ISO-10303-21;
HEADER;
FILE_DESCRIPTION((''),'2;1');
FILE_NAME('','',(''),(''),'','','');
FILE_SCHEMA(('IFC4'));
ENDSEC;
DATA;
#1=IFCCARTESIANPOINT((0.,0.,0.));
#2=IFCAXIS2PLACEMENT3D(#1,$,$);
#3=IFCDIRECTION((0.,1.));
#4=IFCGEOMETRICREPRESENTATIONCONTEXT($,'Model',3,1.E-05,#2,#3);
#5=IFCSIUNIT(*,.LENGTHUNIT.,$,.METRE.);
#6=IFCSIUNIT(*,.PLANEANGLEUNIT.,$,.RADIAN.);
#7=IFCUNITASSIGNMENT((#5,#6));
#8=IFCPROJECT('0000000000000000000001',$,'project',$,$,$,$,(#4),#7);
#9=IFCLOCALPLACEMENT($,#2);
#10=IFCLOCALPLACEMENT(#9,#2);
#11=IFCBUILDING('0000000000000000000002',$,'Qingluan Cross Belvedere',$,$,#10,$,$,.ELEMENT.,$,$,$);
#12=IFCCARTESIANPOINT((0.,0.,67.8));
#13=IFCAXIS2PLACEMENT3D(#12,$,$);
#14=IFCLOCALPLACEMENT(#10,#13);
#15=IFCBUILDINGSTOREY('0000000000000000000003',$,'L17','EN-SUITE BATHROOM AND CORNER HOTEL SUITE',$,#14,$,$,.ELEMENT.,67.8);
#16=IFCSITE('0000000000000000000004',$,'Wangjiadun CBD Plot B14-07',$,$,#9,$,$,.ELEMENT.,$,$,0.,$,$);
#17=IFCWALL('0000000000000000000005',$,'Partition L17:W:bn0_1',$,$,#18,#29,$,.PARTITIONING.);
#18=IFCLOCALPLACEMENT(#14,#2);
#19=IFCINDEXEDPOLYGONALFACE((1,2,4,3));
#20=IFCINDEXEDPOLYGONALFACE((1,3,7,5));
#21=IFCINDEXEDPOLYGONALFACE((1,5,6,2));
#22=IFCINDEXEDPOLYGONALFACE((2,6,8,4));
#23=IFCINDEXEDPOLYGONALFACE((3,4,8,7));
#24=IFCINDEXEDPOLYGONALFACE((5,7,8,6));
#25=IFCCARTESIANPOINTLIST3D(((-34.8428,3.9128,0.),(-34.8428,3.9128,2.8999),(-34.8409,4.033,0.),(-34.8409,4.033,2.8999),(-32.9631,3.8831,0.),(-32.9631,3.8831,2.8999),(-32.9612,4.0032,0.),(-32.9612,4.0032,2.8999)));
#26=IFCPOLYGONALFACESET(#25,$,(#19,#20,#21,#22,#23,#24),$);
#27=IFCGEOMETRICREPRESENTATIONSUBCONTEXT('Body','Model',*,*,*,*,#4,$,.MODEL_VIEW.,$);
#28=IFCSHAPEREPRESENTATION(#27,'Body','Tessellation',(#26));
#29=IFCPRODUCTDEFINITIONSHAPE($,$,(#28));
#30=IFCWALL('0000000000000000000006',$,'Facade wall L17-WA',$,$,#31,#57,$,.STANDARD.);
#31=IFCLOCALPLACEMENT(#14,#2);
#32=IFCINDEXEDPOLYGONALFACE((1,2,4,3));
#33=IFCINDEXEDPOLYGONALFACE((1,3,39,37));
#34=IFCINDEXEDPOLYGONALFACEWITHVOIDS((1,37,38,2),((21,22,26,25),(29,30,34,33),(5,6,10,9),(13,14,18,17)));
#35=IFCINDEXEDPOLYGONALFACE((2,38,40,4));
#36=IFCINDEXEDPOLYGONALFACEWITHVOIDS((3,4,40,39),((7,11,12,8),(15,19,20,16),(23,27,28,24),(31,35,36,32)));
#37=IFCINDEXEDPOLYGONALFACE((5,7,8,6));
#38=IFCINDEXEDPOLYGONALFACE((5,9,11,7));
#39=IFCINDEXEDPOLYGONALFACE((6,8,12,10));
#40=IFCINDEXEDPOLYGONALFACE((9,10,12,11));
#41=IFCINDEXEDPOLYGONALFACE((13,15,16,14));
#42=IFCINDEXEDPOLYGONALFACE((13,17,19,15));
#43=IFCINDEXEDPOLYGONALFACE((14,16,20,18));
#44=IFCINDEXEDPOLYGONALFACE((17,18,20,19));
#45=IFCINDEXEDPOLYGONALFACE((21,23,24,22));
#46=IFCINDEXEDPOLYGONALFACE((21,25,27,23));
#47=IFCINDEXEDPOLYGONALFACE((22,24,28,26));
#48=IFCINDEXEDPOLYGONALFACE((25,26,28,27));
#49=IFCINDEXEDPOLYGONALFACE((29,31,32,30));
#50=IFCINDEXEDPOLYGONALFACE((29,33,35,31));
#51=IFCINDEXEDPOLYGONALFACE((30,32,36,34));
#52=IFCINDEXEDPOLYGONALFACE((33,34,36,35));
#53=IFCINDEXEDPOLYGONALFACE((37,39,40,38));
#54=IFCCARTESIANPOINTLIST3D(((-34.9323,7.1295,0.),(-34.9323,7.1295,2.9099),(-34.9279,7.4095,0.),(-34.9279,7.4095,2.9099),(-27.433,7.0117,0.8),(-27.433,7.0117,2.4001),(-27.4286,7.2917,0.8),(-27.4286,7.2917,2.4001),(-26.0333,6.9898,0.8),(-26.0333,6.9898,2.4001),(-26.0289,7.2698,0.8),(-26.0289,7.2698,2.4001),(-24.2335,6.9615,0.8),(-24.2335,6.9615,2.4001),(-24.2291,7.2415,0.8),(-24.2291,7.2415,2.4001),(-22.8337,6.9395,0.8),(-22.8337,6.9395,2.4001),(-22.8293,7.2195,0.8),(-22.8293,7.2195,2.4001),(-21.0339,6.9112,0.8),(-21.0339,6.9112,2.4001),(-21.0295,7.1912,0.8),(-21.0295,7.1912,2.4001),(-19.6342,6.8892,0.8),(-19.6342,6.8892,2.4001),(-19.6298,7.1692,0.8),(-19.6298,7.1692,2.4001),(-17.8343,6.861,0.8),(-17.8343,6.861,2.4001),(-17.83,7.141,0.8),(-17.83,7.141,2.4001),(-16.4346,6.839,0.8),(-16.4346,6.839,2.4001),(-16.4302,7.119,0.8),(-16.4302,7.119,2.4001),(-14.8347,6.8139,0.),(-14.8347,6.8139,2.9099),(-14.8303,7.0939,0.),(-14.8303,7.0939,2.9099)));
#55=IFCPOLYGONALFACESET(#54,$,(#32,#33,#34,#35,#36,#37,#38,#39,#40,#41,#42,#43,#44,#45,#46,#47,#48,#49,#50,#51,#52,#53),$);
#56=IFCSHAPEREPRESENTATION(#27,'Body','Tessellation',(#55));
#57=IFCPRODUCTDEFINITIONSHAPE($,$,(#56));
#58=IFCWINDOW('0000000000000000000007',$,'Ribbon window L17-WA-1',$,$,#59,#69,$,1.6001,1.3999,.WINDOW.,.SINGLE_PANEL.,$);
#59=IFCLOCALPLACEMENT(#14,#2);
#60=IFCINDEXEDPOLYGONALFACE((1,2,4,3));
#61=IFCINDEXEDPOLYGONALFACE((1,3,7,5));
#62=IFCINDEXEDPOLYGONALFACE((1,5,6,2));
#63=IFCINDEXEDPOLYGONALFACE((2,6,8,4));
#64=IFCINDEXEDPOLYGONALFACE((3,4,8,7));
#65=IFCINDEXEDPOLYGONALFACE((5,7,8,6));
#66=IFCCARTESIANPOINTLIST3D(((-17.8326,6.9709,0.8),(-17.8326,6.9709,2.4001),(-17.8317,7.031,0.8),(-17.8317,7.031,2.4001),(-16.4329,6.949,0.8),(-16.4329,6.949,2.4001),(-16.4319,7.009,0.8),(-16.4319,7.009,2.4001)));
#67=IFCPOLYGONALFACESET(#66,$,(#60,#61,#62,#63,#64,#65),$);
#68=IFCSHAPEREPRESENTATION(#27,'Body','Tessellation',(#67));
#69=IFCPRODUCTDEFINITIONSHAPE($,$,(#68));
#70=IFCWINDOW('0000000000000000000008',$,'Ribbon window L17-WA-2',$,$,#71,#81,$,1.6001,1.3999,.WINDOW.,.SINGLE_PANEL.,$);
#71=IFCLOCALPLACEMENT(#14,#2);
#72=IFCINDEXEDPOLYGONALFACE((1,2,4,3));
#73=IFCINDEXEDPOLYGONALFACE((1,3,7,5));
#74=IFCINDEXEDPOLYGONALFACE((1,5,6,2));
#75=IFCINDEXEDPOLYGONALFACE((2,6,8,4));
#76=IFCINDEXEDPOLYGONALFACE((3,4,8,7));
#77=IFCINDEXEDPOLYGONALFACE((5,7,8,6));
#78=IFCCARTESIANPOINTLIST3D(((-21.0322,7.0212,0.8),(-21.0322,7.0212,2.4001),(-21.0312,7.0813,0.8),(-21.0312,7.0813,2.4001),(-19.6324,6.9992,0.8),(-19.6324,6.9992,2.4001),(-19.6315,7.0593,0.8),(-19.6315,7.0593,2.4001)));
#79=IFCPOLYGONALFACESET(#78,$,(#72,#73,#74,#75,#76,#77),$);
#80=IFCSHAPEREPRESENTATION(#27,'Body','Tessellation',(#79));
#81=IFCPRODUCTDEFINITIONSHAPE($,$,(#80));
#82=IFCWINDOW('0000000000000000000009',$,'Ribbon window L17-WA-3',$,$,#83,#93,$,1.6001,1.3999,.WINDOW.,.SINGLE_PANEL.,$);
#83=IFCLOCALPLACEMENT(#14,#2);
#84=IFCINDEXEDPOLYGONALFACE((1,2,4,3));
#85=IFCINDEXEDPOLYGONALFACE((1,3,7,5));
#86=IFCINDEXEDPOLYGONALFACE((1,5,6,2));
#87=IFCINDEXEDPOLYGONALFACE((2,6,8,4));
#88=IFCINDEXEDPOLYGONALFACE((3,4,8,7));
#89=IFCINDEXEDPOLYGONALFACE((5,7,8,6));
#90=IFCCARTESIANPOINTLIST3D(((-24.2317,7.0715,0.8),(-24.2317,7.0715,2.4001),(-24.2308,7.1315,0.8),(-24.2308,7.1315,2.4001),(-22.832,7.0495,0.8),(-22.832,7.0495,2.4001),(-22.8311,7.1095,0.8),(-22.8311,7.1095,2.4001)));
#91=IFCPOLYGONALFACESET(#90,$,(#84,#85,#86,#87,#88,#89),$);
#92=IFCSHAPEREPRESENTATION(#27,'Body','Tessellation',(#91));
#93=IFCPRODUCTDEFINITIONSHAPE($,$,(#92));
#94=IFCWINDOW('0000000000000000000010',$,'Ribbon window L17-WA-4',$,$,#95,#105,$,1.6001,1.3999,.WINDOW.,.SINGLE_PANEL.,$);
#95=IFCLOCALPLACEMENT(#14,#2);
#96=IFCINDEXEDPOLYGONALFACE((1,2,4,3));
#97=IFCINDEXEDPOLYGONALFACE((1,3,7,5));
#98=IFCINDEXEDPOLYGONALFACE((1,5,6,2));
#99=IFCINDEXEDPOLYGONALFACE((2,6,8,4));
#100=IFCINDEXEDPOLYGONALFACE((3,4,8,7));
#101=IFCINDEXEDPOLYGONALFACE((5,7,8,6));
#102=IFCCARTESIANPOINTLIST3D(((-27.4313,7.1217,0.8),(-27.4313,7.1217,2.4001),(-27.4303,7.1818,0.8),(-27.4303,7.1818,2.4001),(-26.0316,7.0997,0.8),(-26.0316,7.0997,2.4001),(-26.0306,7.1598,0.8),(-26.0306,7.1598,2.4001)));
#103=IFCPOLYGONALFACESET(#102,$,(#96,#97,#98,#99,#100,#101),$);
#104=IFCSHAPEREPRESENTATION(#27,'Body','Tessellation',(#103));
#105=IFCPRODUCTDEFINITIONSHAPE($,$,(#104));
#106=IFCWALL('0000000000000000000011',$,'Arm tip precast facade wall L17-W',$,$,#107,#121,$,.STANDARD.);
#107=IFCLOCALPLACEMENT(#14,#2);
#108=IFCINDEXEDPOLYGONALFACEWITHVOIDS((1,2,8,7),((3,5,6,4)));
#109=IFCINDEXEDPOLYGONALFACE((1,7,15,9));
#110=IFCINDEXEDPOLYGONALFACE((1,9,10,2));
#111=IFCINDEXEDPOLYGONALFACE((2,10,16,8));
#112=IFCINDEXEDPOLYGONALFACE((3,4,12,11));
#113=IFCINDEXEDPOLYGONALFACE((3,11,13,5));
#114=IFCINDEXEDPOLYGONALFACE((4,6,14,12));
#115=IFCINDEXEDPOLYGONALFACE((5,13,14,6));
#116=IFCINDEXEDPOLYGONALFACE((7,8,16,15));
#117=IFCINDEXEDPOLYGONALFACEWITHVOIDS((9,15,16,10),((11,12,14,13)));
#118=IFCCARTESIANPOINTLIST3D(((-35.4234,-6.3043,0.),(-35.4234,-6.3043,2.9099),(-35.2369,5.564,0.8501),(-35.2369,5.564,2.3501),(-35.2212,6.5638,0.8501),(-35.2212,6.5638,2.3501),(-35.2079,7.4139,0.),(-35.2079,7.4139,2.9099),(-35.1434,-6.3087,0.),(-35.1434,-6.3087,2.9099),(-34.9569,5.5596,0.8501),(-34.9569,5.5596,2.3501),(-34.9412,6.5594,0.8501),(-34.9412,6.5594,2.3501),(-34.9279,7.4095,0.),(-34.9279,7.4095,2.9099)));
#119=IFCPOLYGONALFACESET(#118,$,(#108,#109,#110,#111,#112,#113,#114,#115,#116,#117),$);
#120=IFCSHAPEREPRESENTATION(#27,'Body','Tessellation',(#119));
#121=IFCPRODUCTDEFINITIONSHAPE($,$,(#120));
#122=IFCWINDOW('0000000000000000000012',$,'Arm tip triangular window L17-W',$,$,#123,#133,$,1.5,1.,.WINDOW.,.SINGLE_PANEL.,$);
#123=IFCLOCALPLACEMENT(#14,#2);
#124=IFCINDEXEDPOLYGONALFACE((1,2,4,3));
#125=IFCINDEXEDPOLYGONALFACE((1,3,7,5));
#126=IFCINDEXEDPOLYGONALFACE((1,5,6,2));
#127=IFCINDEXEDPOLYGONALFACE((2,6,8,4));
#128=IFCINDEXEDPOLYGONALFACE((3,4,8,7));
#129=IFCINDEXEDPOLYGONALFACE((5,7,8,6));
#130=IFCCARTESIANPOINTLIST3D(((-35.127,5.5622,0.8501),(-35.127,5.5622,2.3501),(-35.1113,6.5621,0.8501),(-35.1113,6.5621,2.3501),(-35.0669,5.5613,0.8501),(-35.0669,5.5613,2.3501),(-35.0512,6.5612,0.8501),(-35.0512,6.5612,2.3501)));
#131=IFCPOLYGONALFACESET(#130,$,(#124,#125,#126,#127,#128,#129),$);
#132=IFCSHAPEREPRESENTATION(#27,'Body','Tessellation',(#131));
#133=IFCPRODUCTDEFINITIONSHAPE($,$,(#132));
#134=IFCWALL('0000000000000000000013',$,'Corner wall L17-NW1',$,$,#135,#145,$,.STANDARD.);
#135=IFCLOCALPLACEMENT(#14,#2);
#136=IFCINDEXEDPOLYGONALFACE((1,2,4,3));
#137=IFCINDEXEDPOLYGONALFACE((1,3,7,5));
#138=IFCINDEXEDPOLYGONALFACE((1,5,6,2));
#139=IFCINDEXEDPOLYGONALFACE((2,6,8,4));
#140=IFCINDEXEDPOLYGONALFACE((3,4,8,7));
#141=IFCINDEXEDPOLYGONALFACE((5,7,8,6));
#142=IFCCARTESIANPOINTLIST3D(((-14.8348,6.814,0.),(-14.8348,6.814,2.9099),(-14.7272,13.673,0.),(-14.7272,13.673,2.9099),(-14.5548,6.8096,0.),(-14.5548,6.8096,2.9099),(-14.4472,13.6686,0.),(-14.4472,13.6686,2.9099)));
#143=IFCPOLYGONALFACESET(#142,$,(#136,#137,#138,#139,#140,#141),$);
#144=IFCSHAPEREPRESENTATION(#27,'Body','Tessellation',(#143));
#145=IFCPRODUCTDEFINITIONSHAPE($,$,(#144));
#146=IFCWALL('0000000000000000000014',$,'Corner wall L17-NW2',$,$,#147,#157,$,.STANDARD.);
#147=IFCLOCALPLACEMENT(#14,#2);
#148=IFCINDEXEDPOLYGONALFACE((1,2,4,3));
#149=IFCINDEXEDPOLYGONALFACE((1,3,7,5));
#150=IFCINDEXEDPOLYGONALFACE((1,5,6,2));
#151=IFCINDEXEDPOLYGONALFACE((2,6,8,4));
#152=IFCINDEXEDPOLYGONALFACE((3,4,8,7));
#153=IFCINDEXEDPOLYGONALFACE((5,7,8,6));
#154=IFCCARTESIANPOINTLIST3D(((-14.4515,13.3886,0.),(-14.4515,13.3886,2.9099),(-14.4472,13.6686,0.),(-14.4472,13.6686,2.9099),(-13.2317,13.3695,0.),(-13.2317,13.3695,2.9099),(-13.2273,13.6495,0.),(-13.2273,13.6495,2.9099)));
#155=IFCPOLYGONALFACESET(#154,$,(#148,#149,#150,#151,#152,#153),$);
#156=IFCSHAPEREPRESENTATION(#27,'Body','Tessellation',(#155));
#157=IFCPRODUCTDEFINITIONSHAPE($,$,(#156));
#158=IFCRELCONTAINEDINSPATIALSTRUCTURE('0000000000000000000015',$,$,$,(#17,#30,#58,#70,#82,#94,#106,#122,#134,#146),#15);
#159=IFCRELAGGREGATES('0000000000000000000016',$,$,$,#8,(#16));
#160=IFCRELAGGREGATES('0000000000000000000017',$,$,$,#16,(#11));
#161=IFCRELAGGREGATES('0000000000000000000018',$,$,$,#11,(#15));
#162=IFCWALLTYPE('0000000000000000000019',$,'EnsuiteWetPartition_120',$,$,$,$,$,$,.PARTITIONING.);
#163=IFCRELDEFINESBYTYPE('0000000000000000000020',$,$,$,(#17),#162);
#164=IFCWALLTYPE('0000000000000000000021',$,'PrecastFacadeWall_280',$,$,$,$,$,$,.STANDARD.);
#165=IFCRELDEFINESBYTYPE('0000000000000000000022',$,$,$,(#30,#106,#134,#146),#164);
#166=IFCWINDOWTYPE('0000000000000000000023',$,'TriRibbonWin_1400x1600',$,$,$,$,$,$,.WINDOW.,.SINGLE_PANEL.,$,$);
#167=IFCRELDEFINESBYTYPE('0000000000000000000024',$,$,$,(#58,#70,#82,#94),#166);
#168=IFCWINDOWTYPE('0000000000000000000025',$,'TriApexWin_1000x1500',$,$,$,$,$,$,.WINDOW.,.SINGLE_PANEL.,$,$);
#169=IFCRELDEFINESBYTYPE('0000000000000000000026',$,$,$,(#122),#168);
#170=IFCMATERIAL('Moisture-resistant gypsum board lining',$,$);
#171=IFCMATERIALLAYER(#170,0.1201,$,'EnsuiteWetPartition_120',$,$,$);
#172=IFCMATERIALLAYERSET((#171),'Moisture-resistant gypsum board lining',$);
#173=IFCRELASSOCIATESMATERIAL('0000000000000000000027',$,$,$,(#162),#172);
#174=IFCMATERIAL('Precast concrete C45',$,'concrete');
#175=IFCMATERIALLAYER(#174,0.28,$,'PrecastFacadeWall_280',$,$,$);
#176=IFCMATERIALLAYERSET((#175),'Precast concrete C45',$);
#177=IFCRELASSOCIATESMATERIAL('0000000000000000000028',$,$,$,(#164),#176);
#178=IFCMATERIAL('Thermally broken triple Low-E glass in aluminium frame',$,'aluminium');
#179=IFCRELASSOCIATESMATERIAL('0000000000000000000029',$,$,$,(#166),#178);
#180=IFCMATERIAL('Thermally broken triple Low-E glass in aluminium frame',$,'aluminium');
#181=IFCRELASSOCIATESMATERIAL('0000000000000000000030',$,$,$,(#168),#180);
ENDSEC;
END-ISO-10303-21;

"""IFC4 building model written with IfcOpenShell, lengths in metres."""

from ifc_helpers import new_model, si_unit, direction, frame, frame_2d, origin, place, context, subcontext, project, spatial, rectangle, extrude, material, layer, layer_set, type_object, element, fill, save


model = new_model("IFC4")

# Units and contexts
model_context = context("Model", 3, precision=1e-05, world=origin(), true_north=direction((0.0, 1.0)))
body_context = subcontext(model_context, "Body", "Model", "MODEL_VIEW")
ifc_project = project(units=[si_unit("LENGTHUNIT", "METRE"), si_unit("PLANEANGLEUNIT", "RADIAN")], contexts=[model_context])

# Site, building, storey
site_placement = place(None, origin())
site = spatial("IfcSite", under=ifc_project, at=site_placement, Name="Wangjiadun CBD Plot B14-07", CompositionType="ELEMENT", RefElevation=0.0)
building_placement = place(site_placement, origin())
building = spatial("IfcBuilding", under=site, at=building_placement, Name="Qingluan Cross Belvedere", CompositionType="ELEMENT")
storey_placement = place(building_placement, frame((0.0, 0.0, 67.8)))
storey = spatial("IfcBuildingStorey", under=building, at=storey_placement, Name="L17", Description="EN-SUITE BATHROOM AND CORNER HOTEL SUITE", CompositionType="ELEMENT", Elevation=67.8)

# Shared definitions
ifc_material_1 = material(Name="Moisture-resistant gypsum board lining")
ifc_layer_1 = layer(ifc_material_1, 0.1201, Name="EnsuiteWetPartition_120")
ifc_layer_set_1 = layer_set([ifc_layer_1], Name="Moisture-resistant gypsum board lining")
wall_type_1 = type_object("IfcWallType", Name="EnsuiteWetPartition_120", PredefinedType="PARTITIONING", material=ifc_layer_set_1)

# Wall
wall_1_placement = place(storey_placement, frame((-32.9622, 3.9431, 0.0), z_axis=(0.0, 0.0, 1.0), x_axis=(-0.999874, 0.015844, 0.0)))
element("IfcWall", 1, at=wall_1_placement, inside=storey, type_object=wall_type_1, Name="Partition L17:W:bn0_1", PredefinedType="PARTITIONING", context=body_context, shape_type="SweptSolid", body=[
    extrude(rectangle(XDim=1.8799, YDim=0.1201, at=frame_2d((0.9399, 0.0))), origin(), (0.0, 0.0, 1.0), 2.8999),
])

# Wall, openings, windows
ifc_material_2 = material(Name="Precast concrete C45", Category="concrete")
ifc_layer_2 = layer(ifc_material_2, 0.28, Name="PrecastFacadeWall_280")
ifc_layer_set_2 = layer_set([ifc_layer_2], Name="Precast concrete C45")
wall_type_2 = type_object("IfcWallType", Name="PrecastFacadeWall_280", PredefinedType="STANDARD", material=ifc_layer_set_2)
wall_2_placement = place(storey_placement, frame((-14.8325, 6.9539, 0.0), z_axis=(0.0, 0.0, 1.0), x_axis=(-0.999877, 0.015705, 0.0)))
wall_2 = element("IfcWall", 2, at=wall_2_placement, inside=storey, type_object=wall_type_2, Name="Facade wall L17-WA", PredefinedType="STANDARD", context=body_context, shape_type="SweptSolid", body=[
    extrude(rectangle(XDim=20.1001, YDim=0.28, at=frame_2d((10.05, 0.0))), origin(), (0.0, 0.0, 1.0), 2.9099),
])
opening_1_placement = place(wall_2_placement, frame((1.6001, 0.0, 0.8)))
opening_1 = element("IfcOpeningElement", 3, at=opening_1_placement, cuts=wall_2, PredefinedType="OPENING", context=body_context, shape_type="SweptSolid", body=[
    extrude(rectangle(XDim=1.3999, YDim=1.6001, at=frame_2d((0.7, 0.8))), frame((0.0, 0.1499, 0.0), z_axis=(0.0, -1.0, 0.0), x_axis=(1.0, 0.0, 0.0)), (0.0, 0.0, 1.0), 0.3),
])
opening_2_placement = place(wall_2_placement, frame((4.8, 0.0, 0.8)))
opening_2 = element("IfcOpeningElement", 4, at=opening_2_placement, cuts=wall_2, PredefinedType="OPENING", context=body_context, shape_type="SweptSolid", body=[
    extrude(rectangle(XDim=1.3999, YDim=1.6001, at=frame_2d((0.7, 0.8))), frame((0.0, 0.1499, 0.0), z_axis=(0.0, -1.0, 0.0), x_axis=(1.0, 0.0, 0.0)), (0.0, 0.0, 1.0), 0.3),
])
opening_3_placement = place(wall_2_placement, frame((8.0, 0.0, 0.8)))
opening_3 = element("IfcOpeningElement", 5, at=opening_3_placement, cuts=wall_2, PredefinedType="OPENING", context=body_context, shape_type="SweptSolid", body=[
    extrude(rectangle(XDim=1.3999, YDim=1.6001, at=frame_2d((0.7, 0.8))), frame((0.0, 0.1499, 0.0), z_axis=(0.0, -1.0, 0.0), x_axis=(1.0, 0.0, 0.0)), (0.0, 0.0, 1.0), 0.3),
])
opening_4_placement = place(wall_2_placement, frame((11.2, 0.0, 0.8)))
opening_4 = element("IfcOpeningElement", 6, at=opening_4_placement, cuts=wall_2, PredefinedType="OPENING", context=body_context, shape_type="SweptSolid", body=[
    extrude(rectangle(XDim=1.3999, YDim=1.6001, at=frame_2d((0.7, 0.8))), frame((0.0, 0.1499, 0.0), z_axis=(0.0, -1.0, 0.0), x_axis=(1.0, 0.0, 0.0)), (0.0, 0.0, 1.0), 0.3),
])
ifc_material_3 = material(Name="Thermally broken triple Low-E glass in aluminium frame", Category="aluminium")
window_type_1 = type_object("IfcWindowType", Name="TriRibbonWin_1400x1600", PartitioningType="SINGLE_PANEL", PredefinedType="WINDOW", material=ifc_material_3)
window_1_placement = place(opening_1_placement, origin())
window_1 = element("IfcWindow", 7, at=window_1_placement, inside=storey, type_object=window_type_1, Name="Ribbon window L17-WA-1", OverallHeight=1.6001, OverallWidth=1.3999, PartitioningType="SINGLE_PANEL", PredefinedType="WINDOW", context=body_context, shape_type="SweptSolid", body=[
    extrude(rectangle(XDim=1.3999, YDim=1.6001, at=frame_2d((0.7, 0.8))), frame((0.0, 0.03, 0.0), z_axis=(0.0, -1.0, 0.0), x_axis=(1.0, 0.0, 0.0)), (0.0, 0.0, 1.0), 0.0601),
])
fill(opening_1, window_1)
window_2_placement = place(opening_2_placement, origin())
window_2 = element("IfcWindow", 8, at=window_2_placement, inside=storey, type_object=window_type_1, Name="Ribbon window L17-WA-2", OverallHeight=1.6001, OverallWidth=1.3999, PartitioningType="SINGLE_PANEL", PredefinedType="WINDOW", context=body_context, shape_type="SweptSolid", body=[
    extrude(rectangle(XDim=1.3999, YDim=1.6001, at=frame_2d((0.7, 0.8))), frame((0.0, 0.03, 0.0), z_axis=(0.0, -1.0, 0.0), x_axis=(1.0, 0.0, 0.0)), (0.0, 0.0, 1.0), 0.0601),
])
fill(opening_2, window_2)
window_3_placement = place(opening_3_placement, origin())
window_3 = element("IfcWindow", 9, at=window_3_placement, inside=storey, type_object=window_type_1, Name="Ribbon window L17-WA-3", OverallHeight=1.6001, OverallWidth=1.3999, PartitioningType="SINGLE_PANEL", PredefinedType="WINDOW", context=body_context, shape_type="SweptSolid", body=[
    extrude(rectangle(XDim=1.3999, YDim=1.6001, at=frame_2d((0.7, 0.8))), frame((0.0, 0.03, 0.0), z_axis=(0.0, -1.0, 0.0), x_axis=(1.0, 0.0, 0.0)), (0.0, 0.0, 1.0), 0.0601),
])
fill(opening_3, window_3)
window_4_placement = place(opening_4_placement, origin())
window_4 = element("IfcWindow", 10, at=window_4_placement, inside=storey, type_object=window_type_1, Name="Ribbon window L17-WA-4", OverallHeight=1.6001, OverallWidth=1.3999, PartitioningType="SINGLE_PANEL", PredefinedType="WINDOW", context=body_context, shape_type="SweptSolid", body=[
    extrude(rectangle(XDim=1.3999, YDim=1.6001, at=frame_2d((0.7, 0.8))), frame((0.0, 0.03, 0.0), z_axis=(0.0, -1.0, 0.0), x_axis=(1.0, 0.0, 0.0)), (0.0, 0.0, 1.0), 0.0601),
])
fill(opening_4, window_4)

# Wall, opening, window
wall_3_placement = place(storey_placement, frame((-35.0679, 7.4116, 0.0), z_axis=(0.0, 0.0, 1.0), x_axis=(-0.015713, -0.999877, 0.0)))
wall_3 = element("IfcWall", 11, at=wall_3_placement, inside=storey, type_object=wall_type_2, Name="Arm tip precast facade wall L17-W", PredefinedType="STANDARD", context=body_context, shape_type="SweptSolid", body=[
    extrude(rectangle(XDim=13.72, YDim=0.28, at=frame_2d((6.8599, 0.0))), origin(), (0.0, 0.0, 1.0), 2.9099),
])
opening_5_placement = place(wall_3_placement, frame((0.8501, 0.0, 0.8501)))
opening_5 = element("IfcOpeningElement", 12, at=opening_5_placement, cuts=wall_3, PredefinedType="OPENING", context=body_context, shape_type="SweptSolid", body=[
    extrude(rectangle(XDim=1.0, YDim=1.5, at=frame_2d((0.5, 0.75))), frame((0.0, 0.1499, 0.0), z_axis=(0.0, -1.0, 0.0), x_axis=(1.0, 0.0, 0.0)), (0.0, 0.0, 1.0), 0.3),
])
ifc_material_4 = material(Name="Thermally broken triple Low-E glass in aluminium frame", Category="aluminium")
window_type_2 = type_object("IfcWindowType", Name="TriApexWin_1000x1500", PartitioningType="SINGLE_PANEL", PredefinedType="WINDOW", material=ifc_material_4)
window_5_placement = place(opening_5_placement, origin())
window_5 = element("IfcWindow", 13, at=window_5_placement, inside=storey, type_object=window_type_2, Name="Arm tip triangular window L17-W", OverallHeight=1.5, OverallWidth=1.0, PartitioningType="SINGLE_PANEL", PredefinedType="WINDOW", context=body_context, shape_type="SweptSolid", body=[
    extrude(rectangle(XDim=1.0, YDim=1.5, at=frame_2d((0.5, 0.75))), frame((0.0, 0.03, 0.0), z_axis=(0.0, -1.0, 0.0), x_axis=(1.0, 0.0, 0.0)), (0.0, 0.0, 1.0), 0.0601),
])
fill(opening_5, window_5)

# Walls
wall_4_placement = place(storey_placement, frame((-14.6948, 6.8118, 0.0), z_axis=(0.0, 0.0, 1.0), x_axis=(0.015695, 0.999877, 0.0)))
element("IfcWall", 14, at=wall_4_placement, inside=storey, type_object=wall_type_2, Name="Corner wall L17-NW1", PredefinedType="STANDARD", context=body_context, shape_type="SweptSolid", body=[
    extrude(rectangle(XDim=6.8599, YDim=0.28, at=frame_2d((3.4299, 0.0))), origin(), (0.0, 0.0, 1.0), 2.9099),
])
wall_5_placement = place(storey_placement, frame((-14.4492, 13.5286, 0.0), z_axis=(0.0, 0.0, 1.0), x_axis=(0.999878, -0.015611, 0.0)))
element("IfcWall", 15, at=wall_5_placement, inside=storey, type_object=wall_type_2, Name="Corner wall L17-NW2", PredefinedType="STANDARD", context=body_context, shape_type="SweptSolid", body=[
    extrude(rectangle(XDim=1.22, YDim=0.28, at=frame_2d((0.6099, 0.0))), origin(), (0.0, 0.0, 1.0), 2.9099),
])

save(model, "model.ifc")
